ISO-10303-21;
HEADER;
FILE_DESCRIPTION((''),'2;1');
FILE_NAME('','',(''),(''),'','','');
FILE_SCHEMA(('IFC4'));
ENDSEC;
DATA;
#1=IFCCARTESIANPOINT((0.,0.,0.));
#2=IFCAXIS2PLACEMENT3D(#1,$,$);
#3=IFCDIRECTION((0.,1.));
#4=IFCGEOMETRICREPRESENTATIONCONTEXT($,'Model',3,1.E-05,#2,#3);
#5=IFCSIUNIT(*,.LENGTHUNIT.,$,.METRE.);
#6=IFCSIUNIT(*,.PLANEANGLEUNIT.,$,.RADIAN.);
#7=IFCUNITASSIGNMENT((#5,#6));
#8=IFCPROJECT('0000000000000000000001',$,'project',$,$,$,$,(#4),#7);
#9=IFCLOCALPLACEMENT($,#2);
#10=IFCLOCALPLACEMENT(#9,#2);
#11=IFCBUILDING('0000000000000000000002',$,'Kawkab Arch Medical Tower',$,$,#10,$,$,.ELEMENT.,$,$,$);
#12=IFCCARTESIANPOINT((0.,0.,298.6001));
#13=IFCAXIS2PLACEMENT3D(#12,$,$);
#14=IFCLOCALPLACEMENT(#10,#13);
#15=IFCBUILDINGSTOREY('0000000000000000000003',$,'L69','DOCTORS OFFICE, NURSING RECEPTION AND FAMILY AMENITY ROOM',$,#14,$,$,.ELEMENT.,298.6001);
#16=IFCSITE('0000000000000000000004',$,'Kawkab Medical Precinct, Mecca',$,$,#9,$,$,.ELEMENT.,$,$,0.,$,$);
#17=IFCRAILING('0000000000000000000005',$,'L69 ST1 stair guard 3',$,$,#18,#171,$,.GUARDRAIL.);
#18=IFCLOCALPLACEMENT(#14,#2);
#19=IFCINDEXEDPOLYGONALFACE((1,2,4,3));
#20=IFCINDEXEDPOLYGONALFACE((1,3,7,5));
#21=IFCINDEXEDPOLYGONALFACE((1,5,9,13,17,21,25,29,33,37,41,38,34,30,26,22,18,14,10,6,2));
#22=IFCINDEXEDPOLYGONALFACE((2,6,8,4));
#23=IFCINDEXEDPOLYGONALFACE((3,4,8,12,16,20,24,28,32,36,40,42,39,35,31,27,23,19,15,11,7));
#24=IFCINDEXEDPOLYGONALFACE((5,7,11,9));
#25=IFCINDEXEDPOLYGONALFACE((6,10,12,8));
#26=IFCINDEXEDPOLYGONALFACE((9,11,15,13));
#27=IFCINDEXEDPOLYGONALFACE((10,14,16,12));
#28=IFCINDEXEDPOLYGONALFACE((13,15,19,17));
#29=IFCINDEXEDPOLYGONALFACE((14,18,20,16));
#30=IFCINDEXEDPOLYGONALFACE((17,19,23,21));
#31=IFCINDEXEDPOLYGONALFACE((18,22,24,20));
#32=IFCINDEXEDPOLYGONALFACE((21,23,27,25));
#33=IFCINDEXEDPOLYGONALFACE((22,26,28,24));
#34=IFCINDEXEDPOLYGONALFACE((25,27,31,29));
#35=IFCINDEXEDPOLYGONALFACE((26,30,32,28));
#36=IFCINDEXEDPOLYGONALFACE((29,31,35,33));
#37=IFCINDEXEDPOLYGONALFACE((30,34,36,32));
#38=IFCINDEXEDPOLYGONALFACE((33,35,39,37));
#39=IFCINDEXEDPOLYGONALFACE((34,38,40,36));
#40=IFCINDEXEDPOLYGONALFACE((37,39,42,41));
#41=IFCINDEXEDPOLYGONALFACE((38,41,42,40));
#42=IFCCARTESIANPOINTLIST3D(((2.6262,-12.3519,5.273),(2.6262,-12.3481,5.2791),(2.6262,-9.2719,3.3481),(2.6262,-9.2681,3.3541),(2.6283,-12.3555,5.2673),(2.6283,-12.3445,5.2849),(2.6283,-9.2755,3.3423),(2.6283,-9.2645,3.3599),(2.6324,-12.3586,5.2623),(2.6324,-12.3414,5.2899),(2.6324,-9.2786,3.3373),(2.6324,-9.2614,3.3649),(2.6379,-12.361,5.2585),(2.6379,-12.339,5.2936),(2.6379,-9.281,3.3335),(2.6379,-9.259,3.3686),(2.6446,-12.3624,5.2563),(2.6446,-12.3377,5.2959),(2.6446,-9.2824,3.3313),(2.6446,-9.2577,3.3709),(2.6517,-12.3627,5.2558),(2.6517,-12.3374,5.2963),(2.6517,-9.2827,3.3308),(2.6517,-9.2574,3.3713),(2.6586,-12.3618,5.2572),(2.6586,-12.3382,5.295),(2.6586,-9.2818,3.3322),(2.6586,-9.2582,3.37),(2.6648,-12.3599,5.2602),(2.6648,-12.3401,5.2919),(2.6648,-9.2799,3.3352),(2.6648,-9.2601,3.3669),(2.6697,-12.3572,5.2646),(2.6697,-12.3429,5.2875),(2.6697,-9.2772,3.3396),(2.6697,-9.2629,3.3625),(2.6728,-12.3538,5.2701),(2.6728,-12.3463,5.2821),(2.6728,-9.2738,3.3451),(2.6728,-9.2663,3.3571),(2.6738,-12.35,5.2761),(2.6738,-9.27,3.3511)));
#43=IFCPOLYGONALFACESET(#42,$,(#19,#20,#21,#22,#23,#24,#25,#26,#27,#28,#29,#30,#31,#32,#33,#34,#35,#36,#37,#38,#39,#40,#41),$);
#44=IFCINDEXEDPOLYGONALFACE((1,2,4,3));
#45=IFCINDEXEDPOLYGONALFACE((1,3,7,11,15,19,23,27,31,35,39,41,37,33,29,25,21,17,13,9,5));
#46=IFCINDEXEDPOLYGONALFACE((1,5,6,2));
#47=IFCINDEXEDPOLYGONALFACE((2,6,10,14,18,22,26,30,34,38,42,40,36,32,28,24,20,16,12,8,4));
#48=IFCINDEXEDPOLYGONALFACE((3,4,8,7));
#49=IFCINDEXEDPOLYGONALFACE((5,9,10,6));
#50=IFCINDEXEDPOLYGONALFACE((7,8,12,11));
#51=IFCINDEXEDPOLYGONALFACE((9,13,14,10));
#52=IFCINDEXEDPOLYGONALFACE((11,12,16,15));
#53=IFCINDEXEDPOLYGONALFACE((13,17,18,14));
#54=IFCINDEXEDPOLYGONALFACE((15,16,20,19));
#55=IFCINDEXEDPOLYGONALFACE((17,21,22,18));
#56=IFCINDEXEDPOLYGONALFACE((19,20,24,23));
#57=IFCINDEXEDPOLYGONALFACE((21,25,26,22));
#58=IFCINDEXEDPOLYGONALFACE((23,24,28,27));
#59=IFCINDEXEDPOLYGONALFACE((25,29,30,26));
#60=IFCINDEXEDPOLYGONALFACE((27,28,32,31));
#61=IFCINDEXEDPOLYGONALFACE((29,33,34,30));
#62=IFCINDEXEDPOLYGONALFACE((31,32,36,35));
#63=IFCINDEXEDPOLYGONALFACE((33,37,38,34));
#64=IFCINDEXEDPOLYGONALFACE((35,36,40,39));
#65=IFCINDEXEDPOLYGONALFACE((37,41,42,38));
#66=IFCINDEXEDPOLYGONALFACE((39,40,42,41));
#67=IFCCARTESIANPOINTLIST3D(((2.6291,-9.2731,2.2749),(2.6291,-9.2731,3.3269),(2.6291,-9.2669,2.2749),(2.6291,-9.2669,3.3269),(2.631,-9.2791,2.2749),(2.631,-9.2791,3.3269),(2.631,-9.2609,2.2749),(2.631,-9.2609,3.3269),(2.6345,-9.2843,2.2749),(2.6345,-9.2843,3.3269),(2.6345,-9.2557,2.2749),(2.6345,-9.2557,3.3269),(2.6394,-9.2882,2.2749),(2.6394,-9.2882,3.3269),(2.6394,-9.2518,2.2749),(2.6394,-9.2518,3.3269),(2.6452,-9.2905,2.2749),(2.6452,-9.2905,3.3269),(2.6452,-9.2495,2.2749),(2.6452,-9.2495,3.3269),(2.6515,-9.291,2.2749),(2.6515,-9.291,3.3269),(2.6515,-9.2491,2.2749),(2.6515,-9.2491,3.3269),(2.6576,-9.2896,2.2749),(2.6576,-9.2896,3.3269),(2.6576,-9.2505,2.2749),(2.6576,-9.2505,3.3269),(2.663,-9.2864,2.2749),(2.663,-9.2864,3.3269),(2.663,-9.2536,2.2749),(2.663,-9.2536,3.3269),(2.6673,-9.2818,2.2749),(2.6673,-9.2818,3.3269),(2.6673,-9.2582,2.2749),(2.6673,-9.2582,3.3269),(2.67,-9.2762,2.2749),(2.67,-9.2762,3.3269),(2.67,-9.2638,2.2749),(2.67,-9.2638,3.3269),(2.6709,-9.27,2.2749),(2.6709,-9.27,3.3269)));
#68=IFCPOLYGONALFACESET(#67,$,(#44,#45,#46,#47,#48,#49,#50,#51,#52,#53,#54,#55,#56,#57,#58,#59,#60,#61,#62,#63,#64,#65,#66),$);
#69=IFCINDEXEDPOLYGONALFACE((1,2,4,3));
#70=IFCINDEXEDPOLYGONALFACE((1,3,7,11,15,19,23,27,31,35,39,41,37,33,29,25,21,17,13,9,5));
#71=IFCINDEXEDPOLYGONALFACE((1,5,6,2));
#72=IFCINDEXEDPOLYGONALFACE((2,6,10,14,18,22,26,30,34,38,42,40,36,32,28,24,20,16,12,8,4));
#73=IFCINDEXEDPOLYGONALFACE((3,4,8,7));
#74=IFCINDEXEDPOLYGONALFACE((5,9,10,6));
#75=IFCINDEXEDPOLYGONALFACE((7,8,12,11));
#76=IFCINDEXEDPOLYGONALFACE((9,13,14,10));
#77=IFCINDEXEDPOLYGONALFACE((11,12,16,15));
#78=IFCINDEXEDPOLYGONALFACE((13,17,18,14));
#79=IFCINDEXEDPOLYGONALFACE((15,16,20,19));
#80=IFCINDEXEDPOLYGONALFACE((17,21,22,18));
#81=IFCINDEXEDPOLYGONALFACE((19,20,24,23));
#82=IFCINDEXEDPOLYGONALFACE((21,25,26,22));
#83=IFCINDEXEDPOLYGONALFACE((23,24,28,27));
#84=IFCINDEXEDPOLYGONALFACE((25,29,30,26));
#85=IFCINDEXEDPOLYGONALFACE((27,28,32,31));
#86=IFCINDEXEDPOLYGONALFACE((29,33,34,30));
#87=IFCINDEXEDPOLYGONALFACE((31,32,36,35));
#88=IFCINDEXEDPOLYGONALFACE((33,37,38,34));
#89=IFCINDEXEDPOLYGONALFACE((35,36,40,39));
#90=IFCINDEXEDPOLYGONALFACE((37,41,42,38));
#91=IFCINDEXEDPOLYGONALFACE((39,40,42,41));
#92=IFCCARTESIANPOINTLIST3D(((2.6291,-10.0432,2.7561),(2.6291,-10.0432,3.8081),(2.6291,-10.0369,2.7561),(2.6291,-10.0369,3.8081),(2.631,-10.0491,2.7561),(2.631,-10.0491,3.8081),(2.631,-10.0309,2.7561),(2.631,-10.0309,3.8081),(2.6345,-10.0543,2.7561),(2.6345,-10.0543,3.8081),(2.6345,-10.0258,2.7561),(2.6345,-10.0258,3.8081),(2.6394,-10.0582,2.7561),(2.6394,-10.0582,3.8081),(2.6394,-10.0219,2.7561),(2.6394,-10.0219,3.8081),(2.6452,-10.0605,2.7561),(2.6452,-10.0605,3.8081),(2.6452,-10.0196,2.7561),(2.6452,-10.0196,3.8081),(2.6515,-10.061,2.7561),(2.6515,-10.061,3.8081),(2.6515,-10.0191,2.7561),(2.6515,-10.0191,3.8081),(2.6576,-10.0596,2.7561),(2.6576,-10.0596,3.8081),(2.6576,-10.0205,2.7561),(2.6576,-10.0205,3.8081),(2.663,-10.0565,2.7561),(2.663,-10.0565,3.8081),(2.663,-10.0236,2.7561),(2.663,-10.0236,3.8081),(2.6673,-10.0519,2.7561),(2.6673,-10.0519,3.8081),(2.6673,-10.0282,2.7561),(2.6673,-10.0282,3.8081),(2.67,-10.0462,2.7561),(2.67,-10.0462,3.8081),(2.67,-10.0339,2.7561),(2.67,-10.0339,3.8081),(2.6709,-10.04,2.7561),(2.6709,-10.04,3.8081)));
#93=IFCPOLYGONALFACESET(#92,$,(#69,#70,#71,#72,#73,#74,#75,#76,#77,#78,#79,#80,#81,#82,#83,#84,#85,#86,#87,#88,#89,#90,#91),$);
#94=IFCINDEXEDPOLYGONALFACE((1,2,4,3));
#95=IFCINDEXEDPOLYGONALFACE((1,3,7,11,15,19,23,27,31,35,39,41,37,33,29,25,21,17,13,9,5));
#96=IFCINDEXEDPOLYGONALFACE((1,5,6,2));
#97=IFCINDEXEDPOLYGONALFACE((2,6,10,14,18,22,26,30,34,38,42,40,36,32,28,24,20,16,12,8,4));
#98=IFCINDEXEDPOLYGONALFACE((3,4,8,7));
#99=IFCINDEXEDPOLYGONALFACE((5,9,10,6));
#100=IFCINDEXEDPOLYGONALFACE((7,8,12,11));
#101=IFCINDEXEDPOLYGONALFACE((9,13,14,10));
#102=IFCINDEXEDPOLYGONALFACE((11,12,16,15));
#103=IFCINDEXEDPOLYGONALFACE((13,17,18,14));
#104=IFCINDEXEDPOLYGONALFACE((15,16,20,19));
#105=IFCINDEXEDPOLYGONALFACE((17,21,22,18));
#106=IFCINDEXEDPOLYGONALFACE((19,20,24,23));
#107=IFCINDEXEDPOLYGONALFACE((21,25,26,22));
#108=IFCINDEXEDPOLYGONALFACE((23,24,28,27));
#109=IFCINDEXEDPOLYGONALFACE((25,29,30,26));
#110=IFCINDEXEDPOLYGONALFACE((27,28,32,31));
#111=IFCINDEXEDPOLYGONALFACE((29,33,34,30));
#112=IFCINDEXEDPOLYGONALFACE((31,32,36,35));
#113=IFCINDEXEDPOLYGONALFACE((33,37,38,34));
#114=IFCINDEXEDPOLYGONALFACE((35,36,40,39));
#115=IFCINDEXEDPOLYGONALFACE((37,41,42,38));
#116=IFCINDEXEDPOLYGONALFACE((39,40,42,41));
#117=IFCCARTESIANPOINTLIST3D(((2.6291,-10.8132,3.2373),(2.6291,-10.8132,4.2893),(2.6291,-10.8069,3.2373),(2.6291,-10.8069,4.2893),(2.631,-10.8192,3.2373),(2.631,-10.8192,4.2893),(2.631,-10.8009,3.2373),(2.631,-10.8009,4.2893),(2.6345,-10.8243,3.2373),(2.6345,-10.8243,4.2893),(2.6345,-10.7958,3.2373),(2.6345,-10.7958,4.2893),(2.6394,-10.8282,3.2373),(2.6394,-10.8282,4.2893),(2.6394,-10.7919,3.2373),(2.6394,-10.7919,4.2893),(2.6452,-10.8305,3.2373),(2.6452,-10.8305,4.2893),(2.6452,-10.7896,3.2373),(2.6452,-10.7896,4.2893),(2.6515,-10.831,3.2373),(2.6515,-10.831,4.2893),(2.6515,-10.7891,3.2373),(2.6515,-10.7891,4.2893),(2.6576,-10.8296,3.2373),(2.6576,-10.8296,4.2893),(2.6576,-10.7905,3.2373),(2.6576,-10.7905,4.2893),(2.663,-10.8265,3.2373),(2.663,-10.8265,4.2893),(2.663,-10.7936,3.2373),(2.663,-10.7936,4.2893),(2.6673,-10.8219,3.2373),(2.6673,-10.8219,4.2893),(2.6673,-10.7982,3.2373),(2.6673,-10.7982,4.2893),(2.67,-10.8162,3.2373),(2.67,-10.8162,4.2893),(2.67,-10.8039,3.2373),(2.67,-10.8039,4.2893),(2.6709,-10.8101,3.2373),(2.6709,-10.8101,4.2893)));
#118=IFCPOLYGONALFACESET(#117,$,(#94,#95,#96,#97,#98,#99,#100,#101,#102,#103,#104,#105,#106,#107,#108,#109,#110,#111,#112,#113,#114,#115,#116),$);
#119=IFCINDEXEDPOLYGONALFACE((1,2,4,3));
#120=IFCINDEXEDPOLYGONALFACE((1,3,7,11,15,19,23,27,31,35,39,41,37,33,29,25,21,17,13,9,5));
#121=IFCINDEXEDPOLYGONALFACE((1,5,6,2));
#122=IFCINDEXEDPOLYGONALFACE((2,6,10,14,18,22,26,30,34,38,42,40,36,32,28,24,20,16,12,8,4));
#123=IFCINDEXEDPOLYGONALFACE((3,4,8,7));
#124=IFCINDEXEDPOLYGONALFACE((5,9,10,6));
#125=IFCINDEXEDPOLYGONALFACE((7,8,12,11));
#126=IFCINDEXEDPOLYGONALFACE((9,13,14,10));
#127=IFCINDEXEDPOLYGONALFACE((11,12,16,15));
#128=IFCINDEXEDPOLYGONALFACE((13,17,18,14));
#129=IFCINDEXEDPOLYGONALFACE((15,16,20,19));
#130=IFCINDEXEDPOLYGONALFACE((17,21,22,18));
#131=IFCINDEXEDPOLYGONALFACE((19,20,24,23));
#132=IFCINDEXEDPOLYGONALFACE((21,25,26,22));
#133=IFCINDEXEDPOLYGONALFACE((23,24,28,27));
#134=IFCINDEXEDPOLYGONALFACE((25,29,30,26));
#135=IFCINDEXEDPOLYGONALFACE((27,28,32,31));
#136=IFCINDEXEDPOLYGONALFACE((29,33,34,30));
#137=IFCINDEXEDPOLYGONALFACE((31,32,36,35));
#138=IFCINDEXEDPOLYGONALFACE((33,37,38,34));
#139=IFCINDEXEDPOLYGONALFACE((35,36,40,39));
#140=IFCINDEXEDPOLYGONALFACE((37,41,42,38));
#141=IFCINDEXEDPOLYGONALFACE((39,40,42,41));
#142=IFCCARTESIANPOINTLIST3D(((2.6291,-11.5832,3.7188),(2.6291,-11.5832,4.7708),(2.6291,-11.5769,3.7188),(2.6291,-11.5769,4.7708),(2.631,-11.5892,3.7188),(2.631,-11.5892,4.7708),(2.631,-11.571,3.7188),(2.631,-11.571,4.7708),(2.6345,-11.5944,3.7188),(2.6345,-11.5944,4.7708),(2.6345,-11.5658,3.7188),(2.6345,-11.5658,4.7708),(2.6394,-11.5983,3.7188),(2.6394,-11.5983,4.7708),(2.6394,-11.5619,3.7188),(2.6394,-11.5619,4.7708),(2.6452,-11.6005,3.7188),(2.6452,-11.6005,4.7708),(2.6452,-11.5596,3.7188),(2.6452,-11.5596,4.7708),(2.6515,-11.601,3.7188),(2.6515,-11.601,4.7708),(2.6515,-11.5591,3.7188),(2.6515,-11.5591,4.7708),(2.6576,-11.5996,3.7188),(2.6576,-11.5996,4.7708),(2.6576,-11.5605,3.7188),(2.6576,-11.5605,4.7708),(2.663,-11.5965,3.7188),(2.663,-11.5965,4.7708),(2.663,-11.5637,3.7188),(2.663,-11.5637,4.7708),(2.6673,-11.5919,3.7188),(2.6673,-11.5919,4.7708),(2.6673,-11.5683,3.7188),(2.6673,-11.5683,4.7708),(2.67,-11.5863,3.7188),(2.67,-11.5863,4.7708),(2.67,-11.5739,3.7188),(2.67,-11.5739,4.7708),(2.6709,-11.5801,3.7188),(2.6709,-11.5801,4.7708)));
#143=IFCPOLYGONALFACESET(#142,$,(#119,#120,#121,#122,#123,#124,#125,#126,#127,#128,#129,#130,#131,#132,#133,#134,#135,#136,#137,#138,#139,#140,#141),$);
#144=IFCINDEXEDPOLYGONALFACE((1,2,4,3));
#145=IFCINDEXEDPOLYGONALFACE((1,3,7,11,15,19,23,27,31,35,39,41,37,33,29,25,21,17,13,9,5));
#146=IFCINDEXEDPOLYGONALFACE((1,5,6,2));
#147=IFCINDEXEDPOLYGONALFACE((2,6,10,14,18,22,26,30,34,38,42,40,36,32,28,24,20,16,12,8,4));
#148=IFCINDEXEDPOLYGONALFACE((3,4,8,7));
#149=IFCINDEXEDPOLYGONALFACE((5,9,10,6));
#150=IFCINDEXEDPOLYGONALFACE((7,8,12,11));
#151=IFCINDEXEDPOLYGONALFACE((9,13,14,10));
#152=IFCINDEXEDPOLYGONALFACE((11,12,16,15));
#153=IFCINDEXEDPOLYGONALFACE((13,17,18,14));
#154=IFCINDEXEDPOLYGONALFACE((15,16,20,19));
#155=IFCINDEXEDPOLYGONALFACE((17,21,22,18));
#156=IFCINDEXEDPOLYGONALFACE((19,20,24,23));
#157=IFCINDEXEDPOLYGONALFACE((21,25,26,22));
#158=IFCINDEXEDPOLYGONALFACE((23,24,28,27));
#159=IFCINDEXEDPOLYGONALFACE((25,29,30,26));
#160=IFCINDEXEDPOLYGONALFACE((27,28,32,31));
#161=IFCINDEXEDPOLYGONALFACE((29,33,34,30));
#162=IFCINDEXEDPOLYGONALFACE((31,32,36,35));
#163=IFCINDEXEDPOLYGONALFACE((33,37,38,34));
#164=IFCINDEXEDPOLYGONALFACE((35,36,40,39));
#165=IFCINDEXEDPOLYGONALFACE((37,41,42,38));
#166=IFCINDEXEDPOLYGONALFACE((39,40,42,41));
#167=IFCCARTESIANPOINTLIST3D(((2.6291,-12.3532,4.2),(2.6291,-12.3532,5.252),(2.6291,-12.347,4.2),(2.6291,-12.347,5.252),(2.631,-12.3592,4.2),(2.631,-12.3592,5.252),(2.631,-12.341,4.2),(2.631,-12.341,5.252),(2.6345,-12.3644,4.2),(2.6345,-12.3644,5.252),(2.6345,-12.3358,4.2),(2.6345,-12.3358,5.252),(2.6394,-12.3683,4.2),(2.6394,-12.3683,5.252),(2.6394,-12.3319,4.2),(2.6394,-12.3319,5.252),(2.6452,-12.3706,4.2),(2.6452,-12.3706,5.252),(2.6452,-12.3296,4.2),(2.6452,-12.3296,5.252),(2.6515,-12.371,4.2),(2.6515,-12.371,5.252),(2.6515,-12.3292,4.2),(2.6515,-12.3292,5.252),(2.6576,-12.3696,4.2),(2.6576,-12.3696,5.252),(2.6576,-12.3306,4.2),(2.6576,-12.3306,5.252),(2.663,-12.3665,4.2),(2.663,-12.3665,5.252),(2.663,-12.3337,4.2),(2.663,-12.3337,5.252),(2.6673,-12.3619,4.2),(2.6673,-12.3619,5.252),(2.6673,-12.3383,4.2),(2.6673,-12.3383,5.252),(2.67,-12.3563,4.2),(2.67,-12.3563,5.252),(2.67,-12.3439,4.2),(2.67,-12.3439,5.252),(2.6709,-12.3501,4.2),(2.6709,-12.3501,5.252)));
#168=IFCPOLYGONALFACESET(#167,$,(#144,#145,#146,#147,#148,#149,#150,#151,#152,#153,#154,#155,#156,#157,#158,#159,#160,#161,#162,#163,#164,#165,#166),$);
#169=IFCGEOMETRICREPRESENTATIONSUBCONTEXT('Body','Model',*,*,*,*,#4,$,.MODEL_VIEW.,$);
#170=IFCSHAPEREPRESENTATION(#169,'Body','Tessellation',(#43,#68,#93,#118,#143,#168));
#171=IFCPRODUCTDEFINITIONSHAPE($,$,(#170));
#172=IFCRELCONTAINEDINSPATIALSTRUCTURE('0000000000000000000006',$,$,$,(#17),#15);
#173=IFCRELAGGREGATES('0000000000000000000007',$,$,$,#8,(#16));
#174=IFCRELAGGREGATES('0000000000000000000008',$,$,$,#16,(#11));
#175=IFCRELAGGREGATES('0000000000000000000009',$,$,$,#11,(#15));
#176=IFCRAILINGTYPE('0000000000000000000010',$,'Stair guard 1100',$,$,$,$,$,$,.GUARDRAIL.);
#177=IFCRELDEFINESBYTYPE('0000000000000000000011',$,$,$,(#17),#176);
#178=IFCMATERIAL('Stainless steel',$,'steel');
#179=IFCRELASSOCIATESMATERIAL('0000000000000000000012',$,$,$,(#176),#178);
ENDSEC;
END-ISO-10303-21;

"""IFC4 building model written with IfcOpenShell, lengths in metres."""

from ifc_helpers import new_model, si_unit, direction, frame, origin, origin_2d, place, context, subcontext, project, spatial, circle, extrude, material, type_object, element, save


model = new_model("IFC4")

# Units and contexts
model_context = context("Model", 3, precision=1e-05, world=origin(), true_north=direction((0.0, 1.0)))
body_context = subcontext(model_context, "Body", "Model", "MODEL_VIEW")
ifc_project = project(units=[si_unit("LENGTHUNIT", "METRE"), si_unit("PLANEANGLEUNIT", "RADIAN")], contexts=[model_context])

# Site, building, storey
site_placement = place(None, origin())
site = spatial("IfcSite", under=ifc_project, at=site_placement, Name="Kawkab Medical Precinct, Mecca", CompositionType="ELEMENT", RefElevation=0.0)
building_placement = place(site_placement, origin())
building = spatial("IfcBuilding", under=site, at=building_placement, Name="Kawkab Arch Medical Tower", CompositionType="ELEMENT")
storey_placement = place(building_placement, frame((0.0, 0.0, 298.6001)))
storey = spatial("IfcBuildingStorey", under=building, at=storey_placement, Name="L69", Description="DOCTORS OFFICE, NURSING RECEPTION AND FAMILY AMENITY ROOM", CompositionType="ELEMENT", Elevation=298.6001)

# Railing
ifc_material_1 = material(Name="Stainless steel", Category="steel")
railing_type = type_object("IfcRailingType", Name="Stair guard 1100", PredefinedType="GUARDRAIL", material=ifc_material_1)
railing_1_placement = place(storey_placement, frame((2.6499, -9.27, 2.2749)))
element("IfcRailing", 1, at=railing_1_placement, inside=storey, type_object=railing_type, Name="L69 ST1 stair guard 3", PredefinedType="GUARDRAIL", context=body_context, shape_type="SweptSolid", body=[
    extrude(circle(Radius=0.0239, at=origin_2d()), frame((0.0, 0.0, 1.0762), z_axis=(0.0, -0.847998, 0.529999), x_axis=(1.0, 0.0, 0.0)), (0.0, 0.0, 1.0), 3.6321),
    extrude(circle(Radius=0.021, at=origin_2d()), origin(), (0.0, 0.0, 1.0), 1.052),
    extrude(circle(Radius=0.021, at=origin_2d()), frame((0.0, -0.77, 0.4812)), (0.0, 0.0, 1.0), 1.052),
    extrude(circle(Radius=0.021, at=origin_2d()), frame((0.0, -1.54, 0.9624)), (0.0, 0.0, 1.0), 1.052),
    extrude(circle(Radius=0.021, at=origin_2d()), frame((0.0, -2.3101, 1.4438)), (0.0, 0.0, 1.0), 1.052),
    extrude(circle(Radius=0.021, at=origin_2d()), frame((0.0, -3.0801, 1.925)), (0.0, 0.0, 1.0), 1.052),
])

save(model, "model.ifc")
